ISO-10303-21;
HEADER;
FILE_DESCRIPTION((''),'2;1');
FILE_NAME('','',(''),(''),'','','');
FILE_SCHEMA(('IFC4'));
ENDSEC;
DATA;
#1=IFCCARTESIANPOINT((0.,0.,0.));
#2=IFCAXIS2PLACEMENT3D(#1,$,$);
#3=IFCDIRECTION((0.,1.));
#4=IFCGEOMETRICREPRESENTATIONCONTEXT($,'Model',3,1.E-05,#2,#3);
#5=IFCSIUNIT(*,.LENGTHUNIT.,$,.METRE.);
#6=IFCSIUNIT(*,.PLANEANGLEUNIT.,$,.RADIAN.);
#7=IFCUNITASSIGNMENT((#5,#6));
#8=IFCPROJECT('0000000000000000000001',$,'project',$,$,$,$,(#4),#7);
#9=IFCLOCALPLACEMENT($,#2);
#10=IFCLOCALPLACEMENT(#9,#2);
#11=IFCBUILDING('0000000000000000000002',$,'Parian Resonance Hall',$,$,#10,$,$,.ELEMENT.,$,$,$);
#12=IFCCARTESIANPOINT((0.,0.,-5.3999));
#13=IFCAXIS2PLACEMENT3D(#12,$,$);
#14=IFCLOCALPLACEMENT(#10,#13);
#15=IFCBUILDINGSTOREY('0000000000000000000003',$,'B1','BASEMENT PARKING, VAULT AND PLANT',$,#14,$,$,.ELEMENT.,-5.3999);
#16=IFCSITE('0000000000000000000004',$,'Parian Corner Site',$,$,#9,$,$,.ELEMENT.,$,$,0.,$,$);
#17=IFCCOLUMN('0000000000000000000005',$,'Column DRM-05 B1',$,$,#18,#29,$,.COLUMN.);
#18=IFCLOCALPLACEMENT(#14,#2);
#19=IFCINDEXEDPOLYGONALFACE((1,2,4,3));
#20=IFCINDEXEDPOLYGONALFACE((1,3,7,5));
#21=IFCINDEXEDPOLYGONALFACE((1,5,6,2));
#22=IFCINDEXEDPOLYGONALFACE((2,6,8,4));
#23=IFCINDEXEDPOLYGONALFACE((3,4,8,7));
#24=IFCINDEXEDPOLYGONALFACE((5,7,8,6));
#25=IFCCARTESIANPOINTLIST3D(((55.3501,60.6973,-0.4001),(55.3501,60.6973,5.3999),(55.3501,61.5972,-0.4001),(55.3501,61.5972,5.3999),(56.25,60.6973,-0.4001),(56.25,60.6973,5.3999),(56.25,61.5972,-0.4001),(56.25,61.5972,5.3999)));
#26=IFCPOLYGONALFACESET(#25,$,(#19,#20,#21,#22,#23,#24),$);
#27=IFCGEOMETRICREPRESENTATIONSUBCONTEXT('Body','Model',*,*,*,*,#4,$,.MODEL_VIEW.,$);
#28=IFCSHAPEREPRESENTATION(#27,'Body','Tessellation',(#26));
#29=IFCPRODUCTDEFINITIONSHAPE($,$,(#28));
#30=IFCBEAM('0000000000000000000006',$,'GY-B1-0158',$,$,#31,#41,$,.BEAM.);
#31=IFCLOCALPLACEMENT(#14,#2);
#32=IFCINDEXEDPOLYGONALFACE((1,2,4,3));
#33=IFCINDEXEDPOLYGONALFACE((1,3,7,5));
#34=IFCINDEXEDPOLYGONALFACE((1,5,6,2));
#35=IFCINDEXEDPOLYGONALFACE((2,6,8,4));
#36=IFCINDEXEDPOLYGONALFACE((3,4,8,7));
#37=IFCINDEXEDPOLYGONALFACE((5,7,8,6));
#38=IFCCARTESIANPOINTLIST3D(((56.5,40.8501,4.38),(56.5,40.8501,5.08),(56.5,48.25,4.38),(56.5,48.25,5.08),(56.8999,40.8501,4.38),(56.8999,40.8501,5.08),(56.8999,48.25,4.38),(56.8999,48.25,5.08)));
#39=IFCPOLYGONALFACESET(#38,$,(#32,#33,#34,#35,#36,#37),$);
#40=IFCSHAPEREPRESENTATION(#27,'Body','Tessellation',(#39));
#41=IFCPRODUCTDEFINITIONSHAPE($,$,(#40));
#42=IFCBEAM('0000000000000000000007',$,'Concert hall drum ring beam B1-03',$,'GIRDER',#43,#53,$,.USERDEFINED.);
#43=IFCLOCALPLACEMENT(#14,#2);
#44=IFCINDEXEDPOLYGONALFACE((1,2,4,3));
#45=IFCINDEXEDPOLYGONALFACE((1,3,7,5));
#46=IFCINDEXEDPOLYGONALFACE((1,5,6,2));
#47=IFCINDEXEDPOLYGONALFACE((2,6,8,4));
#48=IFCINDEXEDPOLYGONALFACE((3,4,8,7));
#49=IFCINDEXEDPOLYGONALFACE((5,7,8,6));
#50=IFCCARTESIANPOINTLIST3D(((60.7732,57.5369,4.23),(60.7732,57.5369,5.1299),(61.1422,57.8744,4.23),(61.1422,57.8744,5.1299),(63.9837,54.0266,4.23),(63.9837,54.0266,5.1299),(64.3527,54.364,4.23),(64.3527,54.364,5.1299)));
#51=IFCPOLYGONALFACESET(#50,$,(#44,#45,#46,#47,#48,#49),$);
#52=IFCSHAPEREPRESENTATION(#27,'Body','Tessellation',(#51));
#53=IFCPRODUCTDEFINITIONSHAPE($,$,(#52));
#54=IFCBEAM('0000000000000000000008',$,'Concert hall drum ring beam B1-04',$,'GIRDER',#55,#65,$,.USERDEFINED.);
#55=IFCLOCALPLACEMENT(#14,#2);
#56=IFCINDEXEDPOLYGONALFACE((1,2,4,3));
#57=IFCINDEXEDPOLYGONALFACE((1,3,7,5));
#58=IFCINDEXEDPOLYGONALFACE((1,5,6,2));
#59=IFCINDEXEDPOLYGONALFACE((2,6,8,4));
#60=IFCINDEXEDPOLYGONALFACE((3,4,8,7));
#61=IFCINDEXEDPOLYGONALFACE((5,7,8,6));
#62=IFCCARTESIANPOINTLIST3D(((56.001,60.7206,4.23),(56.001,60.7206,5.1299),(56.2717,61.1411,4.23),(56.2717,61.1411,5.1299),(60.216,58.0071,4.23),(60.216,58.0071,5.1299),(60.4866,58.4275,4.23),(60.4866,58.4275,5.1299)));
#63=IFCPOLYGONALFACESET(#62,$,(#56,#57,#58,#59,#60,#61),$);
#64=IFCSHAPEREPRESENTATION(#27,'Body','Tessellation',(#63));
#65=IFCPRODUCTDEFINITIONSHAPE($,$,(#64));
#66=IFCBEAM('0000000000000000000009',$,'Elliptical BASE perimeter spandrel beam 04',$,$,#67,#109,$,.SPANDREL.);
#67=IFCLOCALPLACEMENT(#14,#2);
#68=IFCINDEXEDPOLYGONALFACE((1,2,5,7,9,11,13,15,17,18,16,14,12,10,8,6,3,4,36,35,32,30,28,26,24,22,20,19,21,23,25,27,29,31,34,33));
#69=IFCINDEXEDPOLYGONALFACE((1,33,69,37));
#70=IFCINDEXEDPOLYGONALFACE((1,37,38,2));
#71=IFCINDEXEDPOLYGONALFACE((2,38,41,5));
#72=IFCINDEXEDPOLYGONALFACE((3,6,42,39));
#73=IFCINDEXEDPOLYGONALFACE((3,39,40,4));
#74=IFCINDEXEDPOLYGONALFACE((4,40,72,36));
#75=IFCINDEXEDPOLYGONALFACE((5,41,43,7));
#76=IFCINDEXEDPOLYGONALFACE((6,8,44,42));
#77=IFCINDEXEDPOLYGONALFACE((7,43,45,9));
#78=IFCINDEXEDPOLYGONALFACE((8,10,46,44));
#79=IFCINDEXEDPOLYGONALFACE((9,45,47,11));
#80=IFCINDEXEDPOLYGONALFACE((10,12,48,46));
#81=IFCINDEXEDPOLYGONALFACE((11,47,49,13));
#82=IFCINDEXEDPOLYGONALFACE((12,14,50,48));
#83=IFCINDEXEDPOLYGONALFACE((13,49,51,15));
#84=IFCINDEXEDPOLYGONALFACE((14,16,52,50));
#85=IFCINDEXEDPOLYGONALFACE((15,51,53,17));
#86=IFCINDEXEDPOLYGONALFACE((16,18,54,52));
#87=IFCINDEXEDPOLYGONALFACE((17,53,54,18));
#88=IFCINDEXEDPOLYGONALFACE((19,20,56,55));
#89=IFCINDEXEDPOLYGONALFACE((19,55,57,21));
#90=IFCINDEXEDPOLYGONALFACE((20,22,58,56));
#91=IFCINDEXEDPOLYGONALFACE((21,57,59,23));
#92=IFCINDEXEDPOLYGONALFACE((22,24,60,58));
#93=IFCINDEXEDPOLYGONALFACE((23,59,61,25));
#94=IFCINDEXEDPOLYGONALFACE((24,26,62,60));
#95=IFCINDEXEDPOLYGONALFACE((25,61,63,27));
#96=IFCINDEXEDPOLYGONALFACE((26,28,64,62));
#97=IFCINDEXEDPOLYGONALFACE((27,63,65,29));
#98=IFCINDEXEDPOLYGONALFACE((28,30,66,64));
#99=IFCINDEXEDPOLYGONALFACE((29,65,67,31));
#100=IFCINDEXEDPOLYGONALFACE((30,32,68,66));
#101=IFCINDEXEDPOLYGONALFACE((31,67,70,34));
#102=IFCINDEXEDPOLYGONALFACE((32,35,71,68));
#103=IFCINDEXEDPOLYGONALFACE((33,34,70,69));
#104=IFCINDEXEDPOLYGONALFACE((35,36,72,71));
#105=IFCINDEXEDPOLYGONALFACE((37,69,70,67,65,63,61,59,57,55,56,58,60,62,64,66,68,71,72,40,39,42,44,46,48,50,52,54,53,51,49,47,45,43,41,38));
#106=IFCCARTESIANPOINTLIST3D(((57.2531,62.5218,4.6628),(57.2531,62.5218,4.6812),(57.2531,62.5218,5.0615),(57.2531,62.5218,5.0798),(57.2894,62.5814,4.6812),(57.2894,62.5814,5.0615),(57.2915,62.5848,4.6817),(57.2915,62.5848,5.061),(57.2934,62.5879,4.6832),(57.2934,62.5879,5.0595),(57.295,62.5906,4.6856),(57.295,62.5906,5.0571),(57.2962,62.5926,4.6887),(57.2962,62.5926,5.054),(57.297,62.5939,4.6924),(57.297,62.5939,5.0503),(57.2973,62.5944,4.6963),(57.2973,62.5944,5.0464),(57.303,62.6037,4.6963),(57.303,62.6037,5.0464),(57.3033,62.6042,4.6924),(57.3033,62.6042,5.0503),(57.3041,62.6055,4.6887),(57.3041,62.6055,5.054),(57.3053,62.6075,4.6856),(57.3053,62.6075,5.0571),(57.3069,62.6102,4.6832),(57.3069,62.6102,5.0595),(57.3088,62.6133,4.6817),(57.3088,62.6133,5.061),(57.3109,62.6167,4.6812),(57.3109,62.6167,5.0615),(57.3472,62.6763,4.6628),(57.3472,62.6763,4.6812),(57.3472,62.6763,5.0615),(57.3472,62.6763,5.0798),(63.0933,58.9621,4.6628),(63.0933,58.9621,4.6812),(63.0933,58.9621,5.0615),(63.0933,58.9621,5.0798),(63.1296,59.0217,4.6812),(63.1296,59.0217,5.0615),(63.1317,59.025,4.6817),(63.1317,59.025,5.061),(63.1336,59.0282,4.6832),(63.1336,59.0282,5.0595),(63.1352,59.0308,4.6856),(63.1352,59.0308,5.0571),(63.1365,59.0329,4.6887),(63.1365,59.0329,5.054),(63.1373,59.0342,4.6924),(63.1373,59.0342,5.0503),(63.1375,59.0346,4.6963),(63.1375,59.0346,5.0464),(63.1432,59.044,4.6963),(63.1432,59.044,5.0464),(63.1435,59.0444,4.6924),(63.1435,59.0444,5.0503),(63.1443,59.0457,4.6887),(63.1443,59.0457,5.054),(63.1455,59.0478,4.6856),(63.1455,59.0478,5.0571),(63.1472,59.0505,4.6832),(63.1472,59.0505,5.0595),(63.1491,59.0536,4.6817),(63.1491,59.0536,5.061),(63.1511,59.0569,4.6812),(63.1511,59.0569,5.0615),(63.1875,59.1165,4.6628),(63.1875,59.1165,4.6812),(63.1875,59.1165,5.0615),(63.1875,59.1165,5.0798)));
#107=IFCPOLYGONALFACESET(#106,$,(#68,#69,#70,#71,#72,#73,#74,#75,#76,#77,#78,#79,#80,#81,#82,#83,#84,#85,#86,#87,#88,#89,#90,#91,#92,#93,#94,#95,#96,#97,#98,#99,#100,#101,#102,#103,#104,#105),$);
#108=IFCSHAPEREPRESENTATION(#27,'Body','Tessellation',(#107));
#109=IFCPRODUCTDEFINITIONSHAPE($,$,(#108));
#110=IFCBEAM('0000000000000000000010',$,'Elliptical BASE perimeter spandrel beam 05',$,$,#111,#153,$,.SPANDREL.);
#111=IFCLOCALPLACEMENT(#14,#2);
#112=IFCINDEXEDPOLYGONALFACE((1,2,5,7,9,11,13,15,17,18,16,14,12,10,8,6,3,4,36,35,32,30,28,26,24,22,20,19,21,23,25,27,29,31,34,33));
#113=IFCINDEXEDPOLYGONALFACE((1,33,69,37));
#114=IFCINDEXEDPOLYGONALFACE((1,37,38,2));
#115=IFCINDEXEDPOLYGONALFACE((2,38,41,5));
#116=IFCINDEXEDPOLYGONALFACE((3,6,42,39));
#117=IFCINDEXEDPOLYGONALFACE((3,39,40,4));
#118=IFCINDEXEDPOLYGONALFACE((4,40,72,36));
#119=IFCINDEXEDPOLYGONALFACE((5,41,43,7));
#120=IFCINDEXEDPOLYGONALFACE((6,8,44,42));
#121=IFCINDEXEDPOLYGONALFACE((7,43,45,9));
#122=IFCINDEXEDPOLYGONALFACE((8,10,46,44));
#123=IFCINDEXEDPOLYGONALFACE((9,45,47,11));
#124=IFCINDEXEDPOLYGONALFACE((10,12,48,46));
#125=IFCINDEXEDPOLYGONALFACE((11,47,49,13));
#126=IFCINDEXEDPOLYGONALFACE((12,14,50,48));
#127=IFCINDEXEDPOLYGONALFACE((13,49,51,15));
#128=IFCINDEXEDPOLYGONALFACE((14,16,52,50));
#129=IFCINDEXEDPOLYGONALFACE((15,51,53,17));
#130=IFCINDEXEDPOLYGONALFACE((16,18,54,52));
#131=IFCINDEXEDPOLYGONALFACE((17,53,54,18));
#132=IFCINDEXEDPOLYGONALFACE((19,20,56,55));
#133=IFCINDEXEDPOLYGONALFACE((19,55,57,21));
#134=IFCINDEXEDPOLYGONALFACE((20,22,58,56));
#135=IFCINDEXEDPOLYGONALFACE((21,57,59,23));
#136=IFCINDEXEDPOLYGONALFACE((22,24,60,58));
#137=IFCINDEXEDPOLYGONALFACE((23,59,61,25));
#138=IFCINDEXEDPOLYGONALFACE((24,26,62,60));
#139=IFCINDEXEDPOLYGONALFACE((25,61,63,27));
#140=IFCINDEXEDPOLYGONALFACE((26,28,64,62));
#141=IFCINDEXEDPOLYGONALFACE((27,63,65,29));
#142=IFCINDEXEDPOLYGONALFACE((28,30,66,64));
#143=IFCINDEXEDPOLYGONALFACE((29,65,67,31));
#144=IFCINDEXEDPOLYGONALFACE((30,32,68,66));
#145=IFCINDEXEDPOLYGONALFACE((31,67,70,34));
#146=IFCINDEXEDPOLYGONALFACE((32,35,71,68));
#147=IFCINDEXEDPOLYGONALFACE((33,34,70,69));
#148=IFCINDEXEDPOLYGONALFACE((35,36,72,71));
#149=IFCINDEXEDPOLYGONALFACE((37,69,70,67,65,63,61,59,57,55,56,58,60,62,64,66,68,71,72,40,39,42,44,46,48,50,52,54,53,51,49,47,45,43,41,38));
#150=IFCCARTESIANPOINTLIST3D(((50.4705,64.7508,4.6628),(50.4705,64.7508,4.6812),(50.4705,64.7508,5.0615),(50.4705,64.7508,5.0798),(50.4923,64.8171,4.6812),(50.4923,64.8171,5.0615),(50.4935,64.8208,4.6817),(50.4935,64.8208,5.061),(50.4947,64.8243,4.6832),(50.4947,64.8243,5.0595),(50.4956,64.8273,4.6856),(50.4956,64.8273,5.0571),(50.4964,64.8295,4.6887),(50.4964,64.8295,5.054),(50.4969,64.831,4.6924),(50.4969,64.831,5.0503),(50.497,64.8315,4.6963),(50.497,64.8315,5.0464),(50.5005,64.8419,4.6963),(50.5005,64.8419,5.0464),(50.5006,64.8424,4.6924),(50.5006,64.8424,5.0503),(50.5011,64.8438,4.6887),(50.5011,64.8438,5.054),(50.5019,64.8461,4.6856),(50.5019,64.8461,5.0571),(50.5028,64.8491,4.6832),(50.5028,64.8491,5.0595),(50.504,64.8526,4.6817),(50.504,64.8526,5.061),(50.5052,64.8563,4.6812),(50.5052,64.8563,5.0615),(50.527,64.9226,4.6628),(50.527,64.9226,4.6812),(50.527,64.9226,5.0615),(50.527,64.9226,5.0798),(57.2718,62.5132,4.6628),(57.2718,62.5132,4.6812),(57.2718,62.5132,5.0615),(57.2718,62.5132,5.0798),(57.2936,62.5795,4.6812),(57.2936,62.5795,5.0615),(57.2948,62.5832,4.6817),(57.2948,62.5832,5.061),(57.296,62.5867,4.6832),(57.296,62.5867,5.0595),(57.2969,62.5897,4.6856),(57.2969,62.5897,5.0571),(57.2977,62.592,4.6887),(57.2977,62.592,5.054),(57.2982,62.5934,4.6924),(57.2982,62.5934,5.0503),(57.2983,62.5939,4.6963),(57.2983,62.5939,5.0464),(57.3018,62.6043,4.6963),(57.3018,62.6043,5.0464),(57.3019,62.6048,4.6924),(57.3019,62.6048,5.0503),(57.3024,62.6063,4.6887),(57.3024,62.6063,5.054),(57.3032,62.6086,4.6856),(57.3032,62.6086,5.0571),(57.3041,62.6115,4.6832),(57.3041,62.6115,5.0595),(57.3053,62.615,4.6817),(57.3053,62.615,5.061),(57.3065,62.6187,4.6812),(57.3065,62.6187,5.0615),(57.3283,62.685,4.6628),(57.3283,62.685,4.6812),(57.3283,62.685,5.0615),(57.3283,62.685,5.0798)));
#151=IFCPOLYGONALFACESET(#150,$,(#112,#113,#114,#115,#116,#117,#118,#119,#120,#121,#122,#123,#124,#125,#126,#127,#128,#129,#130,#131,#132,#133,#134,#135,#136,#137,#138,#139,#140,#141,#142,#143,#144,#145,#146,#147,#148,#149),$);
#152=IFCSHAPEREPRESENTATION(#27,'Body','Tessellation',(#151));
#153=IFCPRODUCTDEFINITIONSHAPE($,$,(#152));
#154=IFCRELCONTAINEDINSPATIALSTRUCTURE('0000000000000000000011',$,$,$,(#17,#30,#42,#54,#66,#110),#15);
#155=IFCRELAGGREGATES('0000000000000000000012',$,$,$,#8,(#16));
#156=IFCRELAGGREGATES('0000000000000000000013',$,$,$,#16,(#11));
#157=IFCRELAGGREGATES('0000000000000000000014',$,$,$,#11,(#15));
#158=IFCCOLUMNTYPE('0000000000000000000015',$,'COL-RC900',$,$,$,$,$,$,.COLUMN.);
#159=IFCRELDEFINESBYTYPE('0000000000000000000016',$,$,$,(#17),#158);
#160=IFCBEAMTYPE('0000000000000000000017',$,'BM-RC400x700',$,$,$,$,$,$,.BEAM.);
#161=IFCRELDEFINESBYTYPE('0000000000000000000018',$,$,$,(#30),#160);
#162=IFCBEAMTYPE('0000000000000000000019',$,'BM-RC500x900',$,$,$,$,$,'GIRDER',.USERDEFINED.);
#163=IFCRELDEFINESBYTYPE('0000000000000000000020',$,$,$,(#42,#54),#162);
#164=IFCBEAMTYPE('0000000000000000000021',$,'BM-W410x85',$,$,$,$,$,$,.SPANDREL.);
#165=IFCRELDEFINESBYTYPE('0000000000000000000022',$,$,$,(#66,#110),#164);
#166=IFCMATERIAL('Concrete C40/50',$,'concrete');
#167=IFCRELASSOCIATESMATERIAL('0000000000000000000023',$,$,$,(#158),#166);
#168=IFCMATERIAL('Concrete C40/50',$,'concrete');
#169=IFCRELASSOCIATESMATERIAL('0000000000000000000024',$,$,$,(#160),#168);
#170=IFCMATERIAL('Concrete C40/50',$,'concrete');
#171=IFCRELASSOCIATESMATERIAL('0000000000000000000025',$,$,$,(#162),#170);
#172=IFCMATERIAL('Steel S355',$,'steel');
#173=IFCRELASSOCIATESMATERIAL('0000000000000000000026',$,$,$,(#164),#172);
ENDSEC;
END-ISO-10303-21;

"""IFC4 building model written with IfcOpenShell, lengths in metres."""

from ifc_helpers import new_model, si_unit, direction, frame, origin, origin_2d, place, context, subcontext, project, spatial, rectangle, i_section, extrude, material, material_profile, profile_set, type_object, element, save


model = new_model("IFC4")

# Units and contexts
model_context = context("Model", 3, precision=1e-05, world=origin(), true_north=direction((0.0, 1.0)))
body_context = subcontext(model_context, "Body", "Model", "MODEL_VIEW")
ifc_project = project(units=[si_unit("LENGTHUNIT", "METRE"), si_unit("PLANEANGLEUNIT", "RADIAN")], contexts=[model_context])

# Site, building, storey
site_placement = place(None, origin())
site = spatial("IfcSite", under=ifc_project, at=site_placement, Name="Parian Corner Site", CompositionType="ELEMENT", RefElevation=0.0)
building_placement = place(site_placement, origin())
building = spatial("IfcBuilding", under=site, at=building_placement, Name="Parian Resonance Hall", CompositionType="ELEMENT")
storey_placement = place(building_placement, frame((0.0, 0.0, -5.3999)))
storey = spatial("IfcBuildingStorey", under=building, at=storey_placement, Name="B1", Description="BASEMENT PARKING, VAULT AND PLANT", CompositionType="ELEMENT", Elevation=-5.3999)

# Column
ifc_material_1 = material(Name="Concrete C40/50", Category="concrete")
ifc_material_profile_1 = material_profile(ifc_material_1, rectangle(XDim=0.8999, YDim=0.8999, at=origin_2d()), Name="RC-COL-900x900")
ifc_profile_set_1 = profile_set([ifc_material_profile_1], Name="Concrete C40/50")
column_type_1 = type_object("IfcColumnType", Name="COL-RC900", PredefinedType="COLUMN", material=ifc_profile_set_1)
for number, where, z_axis, x_axis, name in (
    (1, (55.8, 61.1472, -0.4001), (0.0, 0.0, 1.0), (1.0, 0.0, 0.0), "Column DRM-05 B1"),
):
    element("IfcColumn", number, at=place(storey_placement, frame(where, z_axis=z_axis, x_axis=x_axis)), inside=storey, type_object=column_type_1, Name=name, PredefinedType="COLUMN", context=body_context, shape_type="SweptSolid", body=[
        extrude(rectangle(XDim=0.8999, YDim=0.8999, at=origin_2d()), origin(), (0.0, 0.0, 1.0), 5.8),
    ])

# Beams
ifc_material_2 = material(Name="Concrete C40/50", Category="concrete")
ifc_material_profile_2 = material_profile(ifc_material_2, rectangle(XDim=0.3999, YDim=0.7, at=origin_2d()), Name="RC-BM-400x700")
ifc_profile_set_2 = profile_set([ifc_material_profile_2], Name="Concrete C40/50")
beam_type_1 = type_object("IfcBeamType", Name="BM-RC400x700", PredefinedType="BEAM", material=ifc_profile_set_2)
beam_1_placement = place(storey_placement, frame((56.7, 40.8501, 4.73), z_axis=(0.0, 1.0, 0.0), x_axis=(-1.0, 0.0, 0.0)))
element("IfcBeam", 2, at=beam_1_placement, inside=storey, type_object=beam_type_1, Name="GY-B1-0158", PredefinedType="BEAM", context=body_context, shape_type="SweptSolid", body=[
    extrude(rectangle(XDim=0.3999, YDim=0.7, at=origin_2d()), origin(), (0.0, 0.0, 1.0), 7.3999),
])
ifc_material_3 = material(Name="Concrete C40/50", Category="concrete")
ifc_material_profile_3 = material_profile(ifc_material_3, rectangle(XDim=0.5, YDim=0.8999, at=origin_2d()), Name="RC-BM-500x900")
ifc_profile_set_3 = profile_set([ifc_material_profile_3], Name="Concrete C40/50")
beam_type_2 = type_object("IfcBeamType", Name="BM-RC500x900", ElementType="GIRDER", PredefinedType="USERDEFINED", material=ifc_profile_set_3)
beam_2_placement = place(storey_placement, frame((64.1682, 54.1953, 4.6799), z_axis=(-0.674892, 0.737916, 0.0), x_axis=(-0.737916, -0.674892, 0.0)))
element("IfcBeam", 3, at=beam_2_placement, inside=storey, type_object=beam_type_2, Name="Concert hall drum ring beam B1-03", ObjectType="GIRDER", PredefinedType="USERDEFINED", context=body_context, shape_type="SweptSolid", body=[
    extrude(rectangle(XDim=0.5, YDim=0.8999, at=origin_2d()), origin(), (0.0, 0.0, 1.0), 4.7571),
])
beam_3_placement = place(storey_placement, frame((60.3513, 58.2173, 4.6799), z_axis=(-0.840822, 0.541311, 0.0), x_axis=(-0.541311, -0.840822, 0.0)))
element("IfcBeam", 4, at=beam_3_placement, inside=storey, type_object=beam_type_2, Name="Concert hall drum ring beam B1-04", ObjectType="GIRDER", PredefinedType="USERDEFINED", context=body_context, shape_type="SweptSolid", body=[
    extrude(rectangle(XDim=0.5, YDim=0.8999, at=origin_2d()), origin(), (0.0, 0.0, 1.0), 5.0129),
])
ifc_material_4 = material(Name="Steel S355", Category="steel")
ifc_material_profile_4 = material_profile(ifc_material_4, i_section(OverallWidth=0.1809, OverallDepth=0.417, WebThickness=0.011, FlangeThickness=0.0183, FilletRadius=0.0151, at=origin_2d()), Name="W410x85")
ifc_profile_set_4 = profile_set([ifc_material_profile_4], Name="Steel S355")
beam_type_3 = type_object("IfcBeamType", Name="BM-W410x85", PredefinedType="SPANDREL", material=ifc_profile_set_4)
beam_4_placement = place(storey_placement, frame((63.1404, 59.0393, 4.8713), z_axis=(-0.853885, 0.520462, 0.0), x_axis=(-0.520462, -0.853885, 0.0)))
element("IfcBeam", 5, at=beam_4_placement, inside=storey, type_object=beam_type_3, Name="Elliptical BASE perimeter spandrel beam 04", PredefinedType="SPANDREL", context=body_context, shape_type="SweptSolid", body=[
    extrude(i_section(OverallWidth=0.1809, OverallDepth=0.417, WebThickness=0.011, FlangeThickness=0.0183, FilletRadius=0.0151, at=origin_2d()), origin(), (0.0, 0.0, 1.0), 6.8396),
])
beam_5_placement = place(storey_placement, frame((57.3, 62.5991, 4.8713), z_axis=(-0.949914, 0.312512, 0.0), x_axis=(-0.312512, -0.949914, 0.0)))
element("IfcBeam", 6, at=beam_5_placement, inside=storey, type_object=beam_type_3, Name="Elliptical BASE perimeter spandrel beam 05", PredefinedType="SPANDREL", context=body_context, shape_type="SweptSolid", body=[
    extrude(i_section(OverallWidth=0.1809, OverallDepth=0.417, WebThickness=0.011, FlangeThickness=0.0183, FilletRadius=0.0151, at=origin_2d()), origin(), (0.0, 0.0, 1.0), 7.1599),
])

save(model, "model.ifc")
